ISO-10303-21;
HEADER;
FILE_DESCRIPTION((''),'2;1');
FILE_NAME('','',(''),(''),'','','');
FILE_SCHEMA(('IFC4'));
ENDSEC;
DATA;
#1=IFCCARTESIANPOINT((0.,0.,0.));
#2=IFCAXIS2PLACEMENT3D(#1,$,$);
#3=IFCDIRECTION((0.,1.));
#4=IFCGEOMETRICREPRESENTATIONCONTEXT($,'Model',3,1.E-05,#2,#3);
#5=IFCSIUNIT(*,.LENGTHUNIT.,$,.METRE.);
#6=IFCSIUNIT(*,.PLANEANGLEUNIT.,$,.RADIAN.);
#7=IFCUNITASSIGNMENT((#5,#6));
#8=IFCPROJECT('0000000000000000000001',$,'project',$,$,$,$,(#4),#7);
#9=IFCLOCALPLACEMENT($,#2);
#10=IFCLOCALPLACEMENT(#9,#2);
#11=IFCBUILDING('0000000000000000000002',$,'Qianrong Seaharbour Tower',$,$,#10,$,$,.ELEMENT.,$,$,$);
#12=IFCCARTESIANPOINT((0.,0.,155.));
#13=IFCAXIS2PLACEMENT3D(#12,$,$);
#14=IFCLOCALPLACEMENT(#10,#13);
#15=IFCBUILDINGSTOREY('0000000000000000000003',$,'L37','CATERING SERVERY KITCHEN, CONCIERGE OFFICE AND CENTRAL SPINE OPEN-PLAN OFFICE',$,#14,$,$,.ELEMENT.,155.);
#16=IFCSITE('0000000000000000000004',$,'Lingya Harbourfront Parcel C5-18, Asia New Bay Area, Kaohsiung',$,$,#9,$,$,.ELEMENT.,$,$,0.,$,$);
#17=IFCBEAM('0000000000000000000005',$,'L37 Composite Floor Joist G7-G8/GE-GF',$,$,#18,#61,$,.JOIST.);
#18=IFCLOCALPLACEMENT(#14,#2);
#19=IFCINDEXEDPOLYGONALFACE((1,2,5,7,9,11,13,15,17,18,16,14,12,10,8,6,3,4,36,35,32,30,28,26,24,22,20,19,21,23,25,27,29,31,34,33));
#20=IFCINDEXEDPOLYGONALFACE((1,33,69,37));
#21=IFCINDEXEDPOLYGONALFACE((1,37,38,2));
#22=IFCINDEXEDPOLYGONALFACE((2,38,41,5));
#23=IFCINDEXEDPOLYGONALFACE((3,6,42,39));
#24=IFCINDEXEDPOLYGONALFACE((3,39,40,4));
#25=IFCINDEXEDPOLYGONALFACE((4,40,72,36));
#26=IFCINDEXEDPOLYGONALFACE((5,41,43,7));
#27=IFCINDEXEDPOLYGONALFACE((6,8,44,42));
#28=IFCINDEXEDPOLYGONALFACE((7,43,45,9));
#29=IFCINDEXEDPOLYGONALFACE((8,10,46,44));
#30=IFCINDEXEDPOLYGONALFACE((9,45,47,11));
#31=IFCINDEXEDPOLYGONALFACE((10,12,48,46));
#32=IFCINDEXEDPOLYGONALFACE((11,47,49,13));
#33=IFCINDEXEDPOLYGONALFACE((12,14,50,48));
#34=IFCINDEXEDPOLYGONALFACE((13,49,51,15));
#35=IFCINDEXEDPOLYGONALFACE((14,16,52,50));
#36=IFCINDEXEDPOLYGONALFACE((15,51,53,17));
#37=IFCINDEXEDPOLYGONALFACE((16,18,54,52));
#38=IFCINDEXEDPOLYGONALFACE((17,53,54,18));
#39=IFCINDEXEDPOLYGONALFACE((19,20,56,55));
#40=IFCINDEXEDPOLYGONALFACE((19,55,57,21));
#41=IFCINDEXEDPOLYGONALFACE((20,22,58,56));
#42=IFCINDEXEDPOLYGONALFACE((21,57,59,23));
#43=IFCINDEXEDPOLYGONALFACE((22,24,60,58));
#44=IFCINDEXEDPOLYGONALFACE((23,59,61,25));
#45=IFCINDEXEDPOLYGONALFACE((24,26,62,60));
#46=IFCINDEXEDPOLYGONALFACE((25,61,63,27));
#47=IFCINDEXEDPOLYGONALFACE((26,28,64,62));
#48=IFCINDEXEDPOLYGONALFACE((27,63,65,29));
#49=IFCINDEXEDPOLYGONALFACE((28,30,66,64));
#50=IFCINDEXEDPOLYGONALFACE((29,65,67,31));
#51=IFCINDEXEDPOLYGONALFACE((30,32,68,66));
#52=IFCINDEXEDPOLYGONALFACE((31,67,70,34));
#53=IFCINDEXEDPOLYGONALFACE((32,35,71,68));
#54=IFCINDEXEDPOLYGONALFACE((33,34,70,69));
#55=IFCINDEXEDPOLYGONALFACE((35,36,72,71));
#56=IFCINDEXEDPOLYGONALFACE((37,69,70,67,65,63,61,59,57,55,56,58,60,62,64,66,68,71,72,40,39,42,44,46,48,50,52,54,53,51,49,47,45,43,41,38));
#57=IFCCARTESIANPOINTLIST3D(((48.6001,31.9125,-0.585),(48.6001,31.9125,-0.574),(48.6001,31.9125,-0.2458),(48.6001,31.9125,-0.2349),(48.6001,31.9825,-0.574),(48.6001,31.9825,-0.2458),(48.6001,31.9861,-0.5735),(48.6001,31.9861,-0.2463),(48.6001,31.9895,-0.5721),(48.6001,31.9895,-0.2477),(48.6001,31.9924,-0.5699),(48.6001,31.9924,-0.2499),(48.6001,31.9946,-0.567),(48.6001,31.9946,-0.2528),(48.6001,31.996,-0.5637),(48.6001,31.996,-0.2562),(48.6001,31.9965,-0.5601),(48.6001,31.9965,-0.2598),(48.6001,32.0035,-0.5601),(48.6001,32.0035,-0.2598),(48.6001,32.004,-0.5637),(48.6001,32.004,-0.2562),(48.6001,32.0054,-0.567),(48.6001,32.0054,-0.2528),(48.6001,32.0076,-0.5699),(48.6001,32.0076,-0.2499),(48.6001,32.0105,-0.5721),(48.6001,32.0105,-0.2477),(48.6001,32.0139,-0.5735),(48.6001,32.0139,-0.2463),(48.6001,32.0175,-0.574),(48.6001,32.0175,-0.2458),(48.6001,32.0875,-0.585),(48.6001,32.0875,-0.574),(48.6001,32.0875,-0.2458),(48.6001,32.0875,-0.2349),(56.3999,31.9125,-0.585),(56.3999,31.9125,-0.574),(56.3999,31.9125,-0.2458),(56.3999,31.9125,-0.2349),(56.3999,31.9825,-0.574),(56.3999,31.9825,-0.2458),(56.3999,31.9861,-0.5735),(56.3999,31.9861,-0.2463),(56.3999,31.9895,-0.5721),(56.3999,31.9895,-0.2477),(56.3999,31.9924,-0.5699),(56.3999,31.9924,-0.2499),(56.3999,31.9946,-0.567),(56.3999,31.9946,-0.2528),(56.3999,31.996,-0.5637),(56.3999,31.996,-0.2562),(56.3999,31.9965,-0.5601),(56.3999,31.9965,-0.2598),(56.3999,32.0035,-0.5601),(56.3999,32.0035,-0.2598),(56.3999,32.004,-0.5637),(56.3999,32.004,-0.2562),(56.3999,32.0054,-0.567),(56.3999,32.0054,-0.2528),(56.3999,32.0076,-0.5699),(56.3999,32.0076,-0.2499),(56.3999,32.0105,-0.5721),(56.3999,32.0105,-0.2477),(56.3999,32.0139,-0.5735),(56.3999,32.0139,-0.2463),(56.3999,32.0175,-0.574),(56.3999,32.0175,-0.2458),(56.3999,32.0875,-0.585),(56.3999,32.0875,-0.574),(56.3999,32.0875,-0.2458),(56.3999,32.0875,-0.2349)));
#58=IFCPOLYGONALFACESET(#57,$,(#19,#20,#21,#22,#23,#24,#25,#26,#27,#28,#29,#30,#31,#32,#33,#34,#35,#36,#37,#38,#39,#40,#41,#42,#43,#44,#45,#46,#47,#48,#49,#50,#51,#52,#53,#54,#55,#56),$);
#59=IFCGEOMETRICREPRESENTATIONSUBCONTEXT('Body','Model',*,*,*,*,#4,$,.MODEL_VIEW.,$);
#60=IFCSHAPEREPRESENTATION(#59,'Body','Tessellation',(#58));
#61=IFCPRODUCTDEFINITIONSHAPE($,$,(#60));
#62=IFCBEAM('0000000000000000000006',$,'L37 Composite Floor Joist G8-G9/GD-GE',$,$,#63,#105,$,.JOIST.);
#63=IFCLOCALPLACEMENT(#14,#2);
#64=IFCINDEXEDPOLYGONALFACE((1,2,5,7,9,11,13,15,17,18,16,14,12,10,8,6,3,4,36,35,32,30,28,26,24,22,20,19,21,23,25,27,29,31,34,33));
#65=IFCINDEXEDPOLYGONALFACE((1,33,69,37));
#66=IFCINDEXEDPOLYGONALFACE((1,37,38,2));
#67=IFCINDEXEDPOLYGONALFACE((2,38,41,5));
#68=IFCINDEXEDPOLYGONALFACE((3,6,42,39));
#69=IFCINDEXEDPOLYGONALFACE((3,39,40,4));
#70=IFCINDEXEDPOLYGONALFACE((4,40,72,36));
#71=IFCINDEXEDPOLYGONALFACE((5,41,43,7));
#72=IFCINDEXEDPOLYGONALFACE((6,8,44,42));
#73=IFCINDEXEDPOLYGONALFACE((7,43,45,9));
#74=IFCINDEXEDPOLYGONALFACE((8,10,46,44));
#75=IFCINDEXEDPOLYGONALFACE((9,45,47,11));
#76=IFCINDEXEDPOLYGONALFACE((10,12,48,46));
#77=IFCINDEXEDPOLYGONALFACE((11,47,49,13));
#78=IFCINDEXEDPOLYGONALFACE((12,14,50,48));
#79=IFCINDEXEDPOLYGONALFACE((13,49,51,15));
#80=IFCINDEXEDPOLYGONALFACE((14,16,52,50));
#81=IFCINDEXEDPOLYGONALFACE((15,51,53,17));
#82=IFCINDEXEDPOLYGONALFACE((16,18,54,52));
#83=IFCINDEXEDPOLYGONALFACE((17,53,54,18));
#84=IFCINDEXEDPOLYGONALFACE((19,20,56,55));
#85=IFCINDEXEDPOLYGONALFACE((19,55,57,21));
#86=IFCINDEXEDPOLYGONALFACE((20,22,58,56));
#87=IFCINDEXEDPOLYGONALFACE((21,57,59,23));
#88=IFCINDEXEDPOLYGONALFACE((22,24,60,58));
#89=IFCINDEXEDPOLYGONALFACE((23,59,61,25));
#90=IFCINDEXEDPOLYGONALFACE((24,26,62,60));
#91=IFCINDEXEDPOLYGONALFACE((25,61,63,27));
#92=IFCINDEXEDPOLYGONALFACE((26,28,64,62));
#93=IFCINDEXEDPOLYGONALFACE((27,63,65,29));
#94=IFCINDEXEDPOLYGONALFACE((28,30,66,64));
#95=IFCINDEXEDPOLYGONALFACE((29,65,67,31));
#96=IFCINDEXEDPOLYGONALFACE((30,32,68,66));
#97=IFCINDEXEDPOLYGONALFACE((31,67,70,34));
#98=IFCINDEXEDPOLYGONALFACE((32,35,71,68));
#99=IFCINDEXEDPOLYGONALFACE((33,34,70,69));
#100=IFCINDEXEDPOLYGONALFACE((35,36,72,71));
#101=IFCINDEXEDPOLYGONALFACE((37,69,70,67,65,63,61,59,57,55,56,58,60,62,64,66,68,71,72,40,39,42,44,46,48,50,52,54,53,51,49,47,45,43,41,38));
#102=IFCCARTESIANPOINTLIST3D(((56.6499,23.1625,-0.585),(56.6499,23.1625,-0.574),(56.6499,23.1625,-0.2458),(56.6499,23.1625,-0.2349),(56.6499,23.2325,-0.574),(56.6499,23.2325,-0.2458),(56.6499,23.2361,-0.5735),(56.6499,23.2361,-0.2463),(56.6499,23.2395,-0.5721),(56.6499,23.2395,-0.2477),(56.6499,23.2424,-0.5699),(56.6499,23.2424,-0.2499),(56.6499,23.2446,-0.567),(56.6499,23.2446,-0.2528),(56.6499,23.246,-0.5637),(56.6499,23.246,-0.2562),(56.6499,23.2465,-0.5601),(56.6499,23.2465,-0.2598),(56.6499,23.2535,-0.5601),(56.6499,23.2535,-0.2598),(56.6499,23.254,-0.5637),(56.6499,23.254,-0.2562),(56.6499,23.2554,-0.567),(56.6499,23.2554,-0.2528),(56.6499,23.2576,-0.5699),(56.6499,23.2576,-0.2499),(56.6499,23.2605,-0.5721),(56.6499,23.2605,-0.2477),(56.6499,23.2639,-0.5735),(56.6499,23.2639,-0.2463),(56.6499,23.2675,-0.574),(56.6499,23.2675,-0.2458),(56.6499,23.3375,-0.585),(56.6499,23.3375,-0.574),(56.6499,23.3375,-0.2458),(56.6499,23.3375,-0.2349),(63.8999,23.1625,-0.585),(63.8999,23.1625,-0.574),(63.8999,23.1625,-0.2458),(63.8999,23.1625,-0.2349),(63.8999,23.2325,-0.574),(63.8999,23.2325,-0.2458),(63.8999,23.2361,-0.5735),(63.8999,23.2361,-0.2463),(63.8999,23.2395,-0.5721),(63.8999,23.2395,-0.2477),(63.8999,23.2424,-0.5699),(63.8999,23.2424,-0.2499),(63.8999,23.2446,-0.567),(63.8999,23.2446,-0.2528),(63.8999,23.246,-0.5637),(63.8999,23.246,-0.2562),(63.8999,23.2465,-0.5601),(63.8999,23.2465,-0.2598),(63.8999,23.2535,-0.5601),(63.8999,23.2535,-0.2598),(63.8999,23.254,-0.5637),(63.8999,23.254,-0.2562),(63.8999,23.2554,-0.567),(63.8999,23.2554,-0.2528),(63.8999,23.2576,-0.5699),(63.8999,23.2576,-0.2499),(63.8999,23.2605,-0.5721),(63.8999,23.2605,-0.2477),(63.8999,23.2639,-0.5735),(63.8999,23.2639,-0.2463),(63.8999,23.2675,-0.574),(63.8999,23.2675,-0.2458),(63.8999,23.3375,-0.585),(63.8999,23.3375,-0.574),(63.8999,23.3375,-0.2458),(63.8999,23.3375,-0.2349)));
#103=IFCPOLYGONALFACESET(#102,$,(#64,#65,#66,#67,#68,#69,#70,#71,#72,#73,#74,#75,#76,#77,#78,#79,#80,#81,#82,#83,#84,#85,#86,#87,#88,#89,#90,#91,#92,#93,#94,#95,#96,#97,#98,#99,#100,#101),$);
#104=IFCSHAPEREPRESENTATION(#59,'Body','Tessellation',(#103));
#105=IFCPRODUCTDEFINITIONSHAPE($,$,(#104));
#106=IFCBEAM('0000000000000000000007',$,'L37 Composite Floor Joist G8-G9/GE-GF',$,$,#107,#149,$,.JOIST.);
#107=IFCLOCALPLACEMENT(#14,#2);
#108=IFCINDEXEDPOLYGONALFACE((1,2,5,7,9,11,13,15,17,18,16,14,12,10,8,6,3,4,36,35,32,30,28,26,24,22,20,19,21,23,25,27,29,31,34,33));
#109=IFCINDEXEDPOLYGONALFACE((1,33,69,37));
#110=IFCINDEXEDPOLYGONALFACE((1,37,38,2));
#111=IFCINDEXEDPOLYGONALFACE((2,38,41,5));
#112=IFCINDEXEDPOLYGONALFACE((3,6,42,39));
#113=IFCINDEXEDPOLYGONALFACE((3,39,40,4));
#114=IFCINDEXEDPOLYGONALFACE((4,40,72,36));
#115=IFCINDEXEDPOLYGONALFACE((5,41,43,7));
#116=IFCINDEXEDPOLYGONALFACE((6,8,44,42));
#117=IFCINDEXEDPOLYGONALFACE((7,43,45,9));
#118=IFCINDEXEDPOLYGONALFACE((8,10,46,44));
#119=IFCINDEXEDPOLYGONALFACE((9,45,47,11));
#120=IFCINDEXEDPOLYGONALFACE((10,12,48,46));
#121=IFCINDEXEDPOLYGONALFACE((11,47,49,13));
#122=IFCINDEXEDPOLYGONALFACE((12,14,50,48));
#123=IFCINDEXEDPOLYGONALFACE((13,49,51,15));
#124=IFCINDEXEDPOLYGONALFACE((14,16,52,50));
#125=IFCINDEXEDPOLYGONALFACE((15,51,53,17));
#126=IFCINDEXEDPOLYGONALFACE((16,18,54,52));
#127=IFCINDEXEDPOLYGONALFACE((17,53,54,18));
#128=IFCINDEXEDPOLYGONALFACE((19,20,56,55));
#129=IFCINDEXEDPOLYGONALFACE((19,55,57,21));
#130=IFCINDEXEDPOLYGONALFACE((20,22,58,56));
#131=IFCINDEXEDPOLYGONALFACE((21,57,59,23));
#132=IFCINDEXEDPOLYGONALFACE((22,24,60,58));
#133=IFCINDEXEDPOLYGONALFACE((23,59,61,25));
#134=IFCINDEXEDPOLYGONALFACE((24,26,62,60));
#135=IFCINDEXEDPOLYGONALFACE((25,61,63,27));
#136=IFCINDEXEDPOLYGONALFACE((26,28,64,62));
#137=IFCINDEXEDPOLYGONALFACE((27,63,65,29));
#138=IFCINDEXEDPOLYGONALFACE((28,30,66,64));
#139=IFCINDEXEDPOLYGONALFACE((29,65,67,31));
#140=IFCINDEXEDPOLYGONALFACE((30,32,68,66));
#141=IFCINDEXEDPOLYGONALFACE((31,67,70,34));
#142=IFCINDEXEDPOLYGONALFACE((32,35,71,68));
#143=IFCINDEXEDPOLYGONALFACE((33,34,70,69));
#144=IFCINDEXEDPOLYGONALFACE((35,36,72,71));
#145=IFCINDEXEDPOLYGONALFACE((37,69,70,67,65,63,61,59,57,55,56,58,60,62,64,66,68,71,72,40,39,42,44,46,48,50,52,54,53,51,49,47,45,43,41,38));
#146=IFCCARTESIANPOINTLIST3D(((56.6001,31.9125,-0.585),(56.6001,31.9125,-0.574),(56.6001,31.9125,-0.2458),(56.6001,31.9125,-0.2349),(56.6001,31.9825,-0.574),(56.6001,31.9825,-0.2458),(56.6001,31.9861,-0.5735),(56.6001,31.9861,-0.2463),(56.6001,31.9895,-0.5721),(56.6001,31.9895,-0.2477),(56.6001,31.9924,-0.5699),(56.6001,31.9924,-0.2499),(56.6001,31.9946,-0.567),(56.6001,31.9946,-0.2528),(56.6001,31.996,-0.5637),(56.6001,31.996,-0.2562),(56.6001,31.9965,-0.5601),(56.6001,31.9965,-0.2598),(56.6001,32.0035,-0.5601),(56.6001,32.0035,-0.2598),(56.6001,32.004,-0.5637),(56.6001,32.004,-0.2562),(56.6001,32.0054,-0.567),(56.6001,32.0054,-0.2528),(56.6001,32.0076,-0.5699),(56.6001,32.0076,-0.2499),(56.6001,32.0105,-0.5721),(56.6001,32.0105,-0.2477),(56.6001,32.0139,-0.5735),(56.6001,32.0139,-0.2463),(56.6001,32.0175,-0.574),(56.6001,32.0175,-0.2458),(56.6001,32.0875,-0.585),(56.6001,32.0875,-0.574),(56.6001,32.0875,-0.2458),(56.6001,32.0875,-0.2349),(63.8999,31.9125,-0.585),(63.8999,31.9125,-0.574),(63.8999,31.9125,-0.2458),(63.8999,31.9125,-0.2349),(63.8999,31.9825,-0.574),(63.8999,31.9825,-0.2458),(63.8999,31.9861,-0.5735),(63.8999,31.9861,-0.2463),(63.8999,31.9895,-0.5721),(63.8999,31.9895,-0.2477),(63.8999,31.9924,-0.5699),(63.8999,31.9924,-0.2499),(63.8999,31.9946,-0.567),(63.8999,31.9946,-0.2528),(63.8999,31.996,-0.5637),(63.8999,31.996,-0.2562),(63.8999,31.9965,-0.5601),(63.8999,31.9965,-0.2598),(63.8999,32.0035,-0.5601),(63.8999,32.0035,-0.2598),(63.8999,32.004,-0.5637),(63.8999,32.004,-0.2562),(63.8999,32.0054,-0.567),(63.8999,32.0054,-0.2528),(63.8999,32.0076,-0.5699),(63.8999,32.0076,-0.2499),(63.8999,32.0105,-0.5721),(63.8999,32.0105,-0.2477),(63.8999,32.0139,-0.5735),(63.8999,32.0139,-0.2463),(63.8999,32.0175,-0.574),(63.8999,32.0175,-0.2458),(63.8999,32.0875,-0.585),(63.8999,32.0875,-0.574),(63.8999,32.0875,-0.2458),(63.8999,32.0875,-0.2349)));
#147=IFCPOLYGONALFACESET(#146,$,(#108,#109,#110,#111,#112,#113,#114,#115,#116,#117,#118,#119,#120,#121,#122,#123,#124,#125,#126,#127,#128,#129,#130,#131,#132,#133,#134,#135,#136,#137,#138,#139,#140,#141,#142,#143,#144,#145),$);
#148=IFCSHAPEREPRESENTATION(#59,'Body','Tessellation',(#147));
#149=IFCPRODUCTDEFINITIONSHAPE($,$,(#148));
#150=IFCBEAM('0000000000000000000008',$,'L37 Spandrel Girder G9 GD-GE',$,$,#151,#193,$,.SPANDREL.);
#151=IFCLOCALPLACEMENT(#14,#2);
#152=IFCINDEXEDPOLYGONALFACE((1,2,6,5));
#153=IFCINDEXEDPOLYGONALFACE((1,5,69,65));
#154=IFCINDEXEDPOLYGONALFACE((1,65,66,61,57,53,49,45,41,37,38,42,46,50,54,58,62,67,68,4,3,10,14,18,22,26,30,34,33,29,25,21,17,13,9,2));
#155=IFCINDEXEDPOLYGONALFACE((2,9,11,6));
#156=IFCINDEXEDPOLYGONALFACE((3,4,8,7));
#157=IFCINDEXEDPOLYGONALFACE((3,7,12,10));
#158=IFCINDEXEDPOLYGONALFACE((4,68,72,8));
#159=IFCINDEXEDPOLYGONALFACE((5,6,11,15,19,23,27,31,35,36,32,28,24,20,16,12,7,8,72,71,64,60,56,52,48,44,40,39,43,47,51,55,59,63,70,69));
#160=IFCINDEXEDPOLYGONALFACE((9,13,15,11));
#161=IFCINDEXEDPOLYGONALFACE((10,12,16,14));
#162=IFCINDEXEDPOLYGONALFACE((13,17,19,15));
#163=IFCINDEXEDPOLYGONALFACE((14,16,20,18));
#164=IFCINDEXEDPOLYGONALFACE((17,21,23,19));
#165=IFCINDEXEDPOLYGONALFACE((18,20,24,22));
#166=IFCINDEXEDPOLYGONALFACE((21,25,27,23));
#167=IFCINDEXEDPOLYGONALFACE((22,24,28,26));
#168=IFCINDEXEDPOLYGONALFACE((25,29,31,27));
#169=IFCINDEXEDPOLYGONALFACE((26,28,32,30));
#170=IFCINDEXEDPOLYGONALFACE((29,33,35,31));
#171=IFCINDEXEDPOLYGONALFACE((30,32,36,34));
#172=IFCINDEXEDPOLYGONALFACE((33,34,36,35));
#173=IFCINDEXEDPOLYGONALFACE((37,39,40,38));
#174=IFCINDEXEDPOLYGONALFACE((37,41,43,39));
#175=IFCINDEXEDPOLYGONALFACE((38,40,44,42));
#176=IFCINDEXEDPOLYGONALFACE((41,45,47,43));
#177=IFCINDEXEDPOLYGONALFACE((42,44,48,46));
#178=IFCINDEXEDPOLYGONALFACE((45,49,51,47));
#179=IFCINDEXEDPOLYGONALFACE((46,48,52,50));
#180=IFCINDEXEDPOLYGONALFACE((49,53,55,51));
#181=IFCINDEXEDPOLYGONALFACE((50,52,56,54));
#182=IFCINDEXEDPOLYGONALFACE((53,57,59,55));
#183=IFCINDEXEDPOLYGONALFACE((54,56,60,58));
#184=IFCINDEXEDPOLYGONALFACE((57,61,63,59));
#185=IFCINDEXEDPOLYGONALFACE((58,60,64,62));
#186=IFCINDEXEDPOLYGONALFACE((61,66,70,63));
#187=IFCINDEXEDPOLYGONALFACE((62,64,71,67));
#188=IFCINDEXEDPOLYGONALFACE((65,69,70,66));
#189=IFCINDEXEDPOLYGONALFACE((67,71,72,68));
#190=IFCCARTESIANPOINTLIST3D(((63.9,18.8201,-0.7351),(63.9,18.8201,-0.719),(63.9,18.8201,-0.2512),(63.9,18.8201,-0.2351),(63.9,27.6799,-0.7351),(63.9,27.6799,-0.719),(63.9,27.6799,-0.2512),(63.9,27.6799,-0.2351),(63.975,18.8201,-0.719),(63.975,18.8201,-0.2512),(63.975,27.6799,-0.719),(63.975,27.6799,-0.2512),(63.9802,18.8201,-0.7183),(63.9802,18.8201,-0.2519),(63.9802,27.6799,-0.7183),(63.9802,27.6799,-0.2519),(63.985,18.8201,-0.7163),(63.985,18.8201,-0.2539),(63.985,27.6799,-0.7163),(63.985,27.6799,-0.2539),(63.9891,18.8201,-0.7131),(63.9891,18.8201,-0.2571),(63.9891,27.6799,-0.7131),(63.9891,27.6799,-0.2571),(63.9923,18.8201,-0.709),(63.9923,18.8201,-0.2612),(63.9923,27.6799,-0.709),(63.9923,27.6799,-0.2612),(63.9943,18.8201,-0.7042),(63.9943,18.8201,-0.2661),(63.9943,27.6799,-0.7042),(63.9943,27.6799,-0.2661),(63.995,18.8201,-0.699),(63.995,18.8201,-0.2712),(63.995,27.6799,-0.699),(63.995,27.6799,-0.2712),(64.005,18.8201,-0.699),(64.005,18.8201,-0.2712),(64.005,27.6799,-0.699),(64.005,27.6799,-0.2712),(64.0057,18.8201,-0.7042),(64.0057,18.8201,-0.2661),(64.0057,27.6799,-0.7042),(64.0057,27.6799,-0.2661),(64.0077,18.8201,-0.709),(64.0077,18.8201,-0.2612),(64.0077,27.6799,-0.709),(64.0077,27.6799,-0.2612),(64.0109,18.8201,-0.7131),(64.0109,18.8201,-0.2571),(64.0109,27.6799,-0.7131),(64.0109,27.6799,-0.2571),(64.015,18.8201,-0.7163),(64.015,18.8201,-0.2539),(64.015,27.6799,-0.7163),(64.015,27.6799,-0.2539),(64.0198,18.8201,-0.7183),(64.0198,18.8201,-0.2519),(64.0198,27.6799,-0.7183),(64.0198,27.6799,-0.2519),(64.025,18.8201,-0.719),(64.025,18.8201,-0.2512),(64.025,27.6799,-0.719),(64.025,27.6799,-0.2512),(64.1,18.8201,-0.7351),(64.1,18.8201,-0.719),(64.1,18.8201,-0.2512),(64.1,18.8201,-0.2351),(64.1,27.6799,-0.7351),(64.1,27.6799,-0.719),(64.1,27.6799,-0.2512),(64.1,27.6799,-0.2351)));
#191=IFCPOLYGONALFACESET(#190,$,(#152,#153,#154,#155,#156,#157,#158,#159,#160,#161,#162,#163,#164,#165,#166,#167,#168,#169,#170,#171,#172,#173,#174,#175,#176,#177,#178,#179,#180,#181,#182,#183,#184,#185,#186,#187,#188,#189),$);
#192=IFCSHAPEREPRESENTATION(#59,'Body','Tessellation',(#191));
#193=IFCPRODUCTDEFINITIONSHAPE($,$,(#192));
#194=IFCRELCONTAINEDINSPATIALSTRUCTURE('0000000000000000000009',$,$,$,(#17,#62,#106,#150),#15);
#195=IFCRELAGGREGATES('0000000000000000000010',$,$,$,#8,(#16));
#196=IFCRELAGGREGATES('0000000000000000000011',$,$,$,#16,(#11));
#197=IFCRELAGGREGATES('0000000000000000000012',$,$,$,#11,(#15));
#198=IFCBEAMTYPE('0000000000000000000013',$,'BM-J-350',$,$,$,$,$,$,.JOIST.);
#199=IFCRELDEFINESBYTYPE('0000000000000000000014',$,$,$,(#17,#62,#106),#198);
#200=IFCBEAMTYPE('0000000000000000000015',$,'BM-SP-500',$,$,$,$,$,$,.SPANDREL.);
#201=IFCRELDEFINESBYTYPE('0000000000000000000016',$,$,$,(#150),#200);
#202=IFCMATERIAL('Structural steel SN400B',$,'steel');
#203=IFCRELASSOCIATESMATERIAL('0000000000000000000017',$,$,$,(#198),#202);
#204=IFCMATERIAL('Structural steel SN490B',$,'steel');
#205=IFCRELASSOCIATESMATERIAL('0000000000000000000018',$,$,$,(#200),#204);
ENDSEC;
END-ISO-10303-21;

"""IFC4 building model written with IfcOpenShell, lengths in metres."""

from ifc_helpers import new_model, si_unit, direction, frame, origin, origin_2d, place, context, subcontext, project, spatial, i_section, extrude, material, material_profile, profile_set, type_object, element, save


model = new_model("IFC4")

# Units and contexts
model_context = context("Model", 3, precision=1e-05, world=origin(), true_north=direction((0.0, 1.0)))
body_context = subcontext(model_context, "Body", "Model", "MODEL_VIEW")
ifc_project = project(units=[si_unit("LENGTHUNIT", "METRE"), si_unit("PLANEANGLEUNIT", "RADIAN")], contexts=[model_context])

# Site, building, storey
site_placement = place(None, origin())
site = spatial("IfcSite", under=ifc_project, at=site_placement, Name="Lingya Harbourfront Parcel C5-18, Asia New Bay Area, Kaohsiung", CompositionType="ELEMENT", RefElevation=0.0)
building_placement = place(site_placement, origin())
building = spatial("IfcBuilding", under=site, at=building_placement, Name="Qianrong Seaharbour Tower", CompositionType="ELEMENT")
storey_placement = place(building_placement, frame((0.0, 0.0, 155.0)))
storey = spatial("IfcBuildingStorey", under=building, at=storey_placement, Name="L37", Description="CATERING SERVERY KITCHEN, CONCIERGE OFFICE AND CENTRAL SPINE OPEN-PLAN OFFICE", CompositionType="ELEMENT", Elevation=155.0)

# Shared definitions
ifc_material_1 = material(Name="Structural steel SN490B", Category="steel")

# Beams
ifc_material_2 = material(Name="Structural steel SN400B", Category="steel")
ifc_material_profile_1 = material_profile(ifc_material_2, i_section(OverallWidth=0.175, OverallDepth=0.3501, WebThickness=0.0071, FlangeThickness=0.011, FilletRadius=0.0139, at=origin_2d()), Name="H350x175x7x11")
ifc_profile_set_1 = profile_set([ifc_material_profile_1], Name="Structural steel SN400B")
beam_type_1 = type_object("IfcBeamType", Name="BM-J-350", PredefinedType="JOIST", material=ifc_profile_set_1)
beam_1_placement = place(storey_placement, frame((48.6001, 32.0, -0.4099), z_axis=(1.0, 0.0, 0.0), x_axis=(0.0, 1.0, 0.0)))
element("IfcBeam", 1, at=beam_1_placement, inside=storey, type_object=beam_type_1, Name="L37 Composite Floor Joist G7-G8/GE-GF", PredefinedType="JOIST", context=body_context, shape_type="SweptSolid", body=[
    extrude(i_section(OverallWidth=0.175, OverallDepth=0.3501, WebThickness=0.0071, FlangeThickness=0.011, FilletRadius=0.0139, at=origin_2d()), origin(), (0.0, 0.0, 1.0), 7.7998),
])
beam_2_placement = place(storey_placement, frame((56.6499, 23.25, -0.4099), z_axis=(1.0, 0.0, 0.0), x_axis=(0.0, 1.0, 0.0)))
element("IfcBeam", 2, at=beam_2_placement, inside=storey, type_object=beam_type_1, Name="L37 Composite Floor Joist G8-G9/GD-GE", PredefinedType="JOIST", context=body_context, shape_type="SweptSolid", body=[
    extrude(i_section(OverallWidth=0.175, OverallDepth=0.3501, WebThickness=0.0071, FlangeThickness=0.011, FilletRadius=0.0139, at=origin_2d()), origin(), (0.0, 0.0, 1.0), 7.25),
])
beam_3_placement = place(storey_placement, frame((56.6001, 32.0, -0.4099), z_axis=(1.0, 0.0, 0.0), x_axis=(0.0, 1.0, 0.0)))
element("IfcBeam", 3, at=beam_3_placement, inside=storey, type_object=beam_type_1, Name="L37 Composite Floor Joist G8-G9/GE-GF", PredefinedType="JOIST", context=body_context, shape_type="SweptSolid", body=[
    extrude(i_section(OverallWidth=0.175, OverallDepth=0.3501, WebThickness=0.0071, FlangeThickness=0.011, FilletRadius=0.0139, at=origin_2d()), origin(), (0.0, 0.0, 1.0), 7.2998),
])
ifc_material_profile_2 = material_profile(ifc_material_1, i_section(OverallWidth=0.2, OverallDepth=0.5, WebThickness=0.01, FlangeThickness=0.0161, FilletRadius=0.02, at=origin_2d()), Name="H500x200x10x16")
ifc_profile_set_2 = profile_set([ifc_material_profile_2], Name="Structural steel SN490B")
beam_type_2 = type_object("IfcBeamType", Name="BM-SP-500", PredefinedType="SPANDREL", material=ifc_profile_set_2)
beam_4_placement = place(storey_placement, frame((64.0, 18.8201, -0.4851), z_axis=(0.0, 1.0, 0.0), x_axis=(-1.0, 0.0, 0.0)))
element("IfcBeam", 4, at=beam_4_placement, inside=storey, type_object=beam_type_2, Name="L37 Spandrel Girder G9 GD-GE", PredefinedType="SPANDREL", context=body_context, shape_type="SweptSolid", body=[
    extrude(i_section(OverallWidth=0.2, OverallDepth=0.5, WebThickness=0.01, FlangeThickness=0.0161, FilletRadius=0.02, at=origin_2d()), origin(), (0.0, 0.0, 1.0), 8.8599),
])

save(model, "model.ifc")
